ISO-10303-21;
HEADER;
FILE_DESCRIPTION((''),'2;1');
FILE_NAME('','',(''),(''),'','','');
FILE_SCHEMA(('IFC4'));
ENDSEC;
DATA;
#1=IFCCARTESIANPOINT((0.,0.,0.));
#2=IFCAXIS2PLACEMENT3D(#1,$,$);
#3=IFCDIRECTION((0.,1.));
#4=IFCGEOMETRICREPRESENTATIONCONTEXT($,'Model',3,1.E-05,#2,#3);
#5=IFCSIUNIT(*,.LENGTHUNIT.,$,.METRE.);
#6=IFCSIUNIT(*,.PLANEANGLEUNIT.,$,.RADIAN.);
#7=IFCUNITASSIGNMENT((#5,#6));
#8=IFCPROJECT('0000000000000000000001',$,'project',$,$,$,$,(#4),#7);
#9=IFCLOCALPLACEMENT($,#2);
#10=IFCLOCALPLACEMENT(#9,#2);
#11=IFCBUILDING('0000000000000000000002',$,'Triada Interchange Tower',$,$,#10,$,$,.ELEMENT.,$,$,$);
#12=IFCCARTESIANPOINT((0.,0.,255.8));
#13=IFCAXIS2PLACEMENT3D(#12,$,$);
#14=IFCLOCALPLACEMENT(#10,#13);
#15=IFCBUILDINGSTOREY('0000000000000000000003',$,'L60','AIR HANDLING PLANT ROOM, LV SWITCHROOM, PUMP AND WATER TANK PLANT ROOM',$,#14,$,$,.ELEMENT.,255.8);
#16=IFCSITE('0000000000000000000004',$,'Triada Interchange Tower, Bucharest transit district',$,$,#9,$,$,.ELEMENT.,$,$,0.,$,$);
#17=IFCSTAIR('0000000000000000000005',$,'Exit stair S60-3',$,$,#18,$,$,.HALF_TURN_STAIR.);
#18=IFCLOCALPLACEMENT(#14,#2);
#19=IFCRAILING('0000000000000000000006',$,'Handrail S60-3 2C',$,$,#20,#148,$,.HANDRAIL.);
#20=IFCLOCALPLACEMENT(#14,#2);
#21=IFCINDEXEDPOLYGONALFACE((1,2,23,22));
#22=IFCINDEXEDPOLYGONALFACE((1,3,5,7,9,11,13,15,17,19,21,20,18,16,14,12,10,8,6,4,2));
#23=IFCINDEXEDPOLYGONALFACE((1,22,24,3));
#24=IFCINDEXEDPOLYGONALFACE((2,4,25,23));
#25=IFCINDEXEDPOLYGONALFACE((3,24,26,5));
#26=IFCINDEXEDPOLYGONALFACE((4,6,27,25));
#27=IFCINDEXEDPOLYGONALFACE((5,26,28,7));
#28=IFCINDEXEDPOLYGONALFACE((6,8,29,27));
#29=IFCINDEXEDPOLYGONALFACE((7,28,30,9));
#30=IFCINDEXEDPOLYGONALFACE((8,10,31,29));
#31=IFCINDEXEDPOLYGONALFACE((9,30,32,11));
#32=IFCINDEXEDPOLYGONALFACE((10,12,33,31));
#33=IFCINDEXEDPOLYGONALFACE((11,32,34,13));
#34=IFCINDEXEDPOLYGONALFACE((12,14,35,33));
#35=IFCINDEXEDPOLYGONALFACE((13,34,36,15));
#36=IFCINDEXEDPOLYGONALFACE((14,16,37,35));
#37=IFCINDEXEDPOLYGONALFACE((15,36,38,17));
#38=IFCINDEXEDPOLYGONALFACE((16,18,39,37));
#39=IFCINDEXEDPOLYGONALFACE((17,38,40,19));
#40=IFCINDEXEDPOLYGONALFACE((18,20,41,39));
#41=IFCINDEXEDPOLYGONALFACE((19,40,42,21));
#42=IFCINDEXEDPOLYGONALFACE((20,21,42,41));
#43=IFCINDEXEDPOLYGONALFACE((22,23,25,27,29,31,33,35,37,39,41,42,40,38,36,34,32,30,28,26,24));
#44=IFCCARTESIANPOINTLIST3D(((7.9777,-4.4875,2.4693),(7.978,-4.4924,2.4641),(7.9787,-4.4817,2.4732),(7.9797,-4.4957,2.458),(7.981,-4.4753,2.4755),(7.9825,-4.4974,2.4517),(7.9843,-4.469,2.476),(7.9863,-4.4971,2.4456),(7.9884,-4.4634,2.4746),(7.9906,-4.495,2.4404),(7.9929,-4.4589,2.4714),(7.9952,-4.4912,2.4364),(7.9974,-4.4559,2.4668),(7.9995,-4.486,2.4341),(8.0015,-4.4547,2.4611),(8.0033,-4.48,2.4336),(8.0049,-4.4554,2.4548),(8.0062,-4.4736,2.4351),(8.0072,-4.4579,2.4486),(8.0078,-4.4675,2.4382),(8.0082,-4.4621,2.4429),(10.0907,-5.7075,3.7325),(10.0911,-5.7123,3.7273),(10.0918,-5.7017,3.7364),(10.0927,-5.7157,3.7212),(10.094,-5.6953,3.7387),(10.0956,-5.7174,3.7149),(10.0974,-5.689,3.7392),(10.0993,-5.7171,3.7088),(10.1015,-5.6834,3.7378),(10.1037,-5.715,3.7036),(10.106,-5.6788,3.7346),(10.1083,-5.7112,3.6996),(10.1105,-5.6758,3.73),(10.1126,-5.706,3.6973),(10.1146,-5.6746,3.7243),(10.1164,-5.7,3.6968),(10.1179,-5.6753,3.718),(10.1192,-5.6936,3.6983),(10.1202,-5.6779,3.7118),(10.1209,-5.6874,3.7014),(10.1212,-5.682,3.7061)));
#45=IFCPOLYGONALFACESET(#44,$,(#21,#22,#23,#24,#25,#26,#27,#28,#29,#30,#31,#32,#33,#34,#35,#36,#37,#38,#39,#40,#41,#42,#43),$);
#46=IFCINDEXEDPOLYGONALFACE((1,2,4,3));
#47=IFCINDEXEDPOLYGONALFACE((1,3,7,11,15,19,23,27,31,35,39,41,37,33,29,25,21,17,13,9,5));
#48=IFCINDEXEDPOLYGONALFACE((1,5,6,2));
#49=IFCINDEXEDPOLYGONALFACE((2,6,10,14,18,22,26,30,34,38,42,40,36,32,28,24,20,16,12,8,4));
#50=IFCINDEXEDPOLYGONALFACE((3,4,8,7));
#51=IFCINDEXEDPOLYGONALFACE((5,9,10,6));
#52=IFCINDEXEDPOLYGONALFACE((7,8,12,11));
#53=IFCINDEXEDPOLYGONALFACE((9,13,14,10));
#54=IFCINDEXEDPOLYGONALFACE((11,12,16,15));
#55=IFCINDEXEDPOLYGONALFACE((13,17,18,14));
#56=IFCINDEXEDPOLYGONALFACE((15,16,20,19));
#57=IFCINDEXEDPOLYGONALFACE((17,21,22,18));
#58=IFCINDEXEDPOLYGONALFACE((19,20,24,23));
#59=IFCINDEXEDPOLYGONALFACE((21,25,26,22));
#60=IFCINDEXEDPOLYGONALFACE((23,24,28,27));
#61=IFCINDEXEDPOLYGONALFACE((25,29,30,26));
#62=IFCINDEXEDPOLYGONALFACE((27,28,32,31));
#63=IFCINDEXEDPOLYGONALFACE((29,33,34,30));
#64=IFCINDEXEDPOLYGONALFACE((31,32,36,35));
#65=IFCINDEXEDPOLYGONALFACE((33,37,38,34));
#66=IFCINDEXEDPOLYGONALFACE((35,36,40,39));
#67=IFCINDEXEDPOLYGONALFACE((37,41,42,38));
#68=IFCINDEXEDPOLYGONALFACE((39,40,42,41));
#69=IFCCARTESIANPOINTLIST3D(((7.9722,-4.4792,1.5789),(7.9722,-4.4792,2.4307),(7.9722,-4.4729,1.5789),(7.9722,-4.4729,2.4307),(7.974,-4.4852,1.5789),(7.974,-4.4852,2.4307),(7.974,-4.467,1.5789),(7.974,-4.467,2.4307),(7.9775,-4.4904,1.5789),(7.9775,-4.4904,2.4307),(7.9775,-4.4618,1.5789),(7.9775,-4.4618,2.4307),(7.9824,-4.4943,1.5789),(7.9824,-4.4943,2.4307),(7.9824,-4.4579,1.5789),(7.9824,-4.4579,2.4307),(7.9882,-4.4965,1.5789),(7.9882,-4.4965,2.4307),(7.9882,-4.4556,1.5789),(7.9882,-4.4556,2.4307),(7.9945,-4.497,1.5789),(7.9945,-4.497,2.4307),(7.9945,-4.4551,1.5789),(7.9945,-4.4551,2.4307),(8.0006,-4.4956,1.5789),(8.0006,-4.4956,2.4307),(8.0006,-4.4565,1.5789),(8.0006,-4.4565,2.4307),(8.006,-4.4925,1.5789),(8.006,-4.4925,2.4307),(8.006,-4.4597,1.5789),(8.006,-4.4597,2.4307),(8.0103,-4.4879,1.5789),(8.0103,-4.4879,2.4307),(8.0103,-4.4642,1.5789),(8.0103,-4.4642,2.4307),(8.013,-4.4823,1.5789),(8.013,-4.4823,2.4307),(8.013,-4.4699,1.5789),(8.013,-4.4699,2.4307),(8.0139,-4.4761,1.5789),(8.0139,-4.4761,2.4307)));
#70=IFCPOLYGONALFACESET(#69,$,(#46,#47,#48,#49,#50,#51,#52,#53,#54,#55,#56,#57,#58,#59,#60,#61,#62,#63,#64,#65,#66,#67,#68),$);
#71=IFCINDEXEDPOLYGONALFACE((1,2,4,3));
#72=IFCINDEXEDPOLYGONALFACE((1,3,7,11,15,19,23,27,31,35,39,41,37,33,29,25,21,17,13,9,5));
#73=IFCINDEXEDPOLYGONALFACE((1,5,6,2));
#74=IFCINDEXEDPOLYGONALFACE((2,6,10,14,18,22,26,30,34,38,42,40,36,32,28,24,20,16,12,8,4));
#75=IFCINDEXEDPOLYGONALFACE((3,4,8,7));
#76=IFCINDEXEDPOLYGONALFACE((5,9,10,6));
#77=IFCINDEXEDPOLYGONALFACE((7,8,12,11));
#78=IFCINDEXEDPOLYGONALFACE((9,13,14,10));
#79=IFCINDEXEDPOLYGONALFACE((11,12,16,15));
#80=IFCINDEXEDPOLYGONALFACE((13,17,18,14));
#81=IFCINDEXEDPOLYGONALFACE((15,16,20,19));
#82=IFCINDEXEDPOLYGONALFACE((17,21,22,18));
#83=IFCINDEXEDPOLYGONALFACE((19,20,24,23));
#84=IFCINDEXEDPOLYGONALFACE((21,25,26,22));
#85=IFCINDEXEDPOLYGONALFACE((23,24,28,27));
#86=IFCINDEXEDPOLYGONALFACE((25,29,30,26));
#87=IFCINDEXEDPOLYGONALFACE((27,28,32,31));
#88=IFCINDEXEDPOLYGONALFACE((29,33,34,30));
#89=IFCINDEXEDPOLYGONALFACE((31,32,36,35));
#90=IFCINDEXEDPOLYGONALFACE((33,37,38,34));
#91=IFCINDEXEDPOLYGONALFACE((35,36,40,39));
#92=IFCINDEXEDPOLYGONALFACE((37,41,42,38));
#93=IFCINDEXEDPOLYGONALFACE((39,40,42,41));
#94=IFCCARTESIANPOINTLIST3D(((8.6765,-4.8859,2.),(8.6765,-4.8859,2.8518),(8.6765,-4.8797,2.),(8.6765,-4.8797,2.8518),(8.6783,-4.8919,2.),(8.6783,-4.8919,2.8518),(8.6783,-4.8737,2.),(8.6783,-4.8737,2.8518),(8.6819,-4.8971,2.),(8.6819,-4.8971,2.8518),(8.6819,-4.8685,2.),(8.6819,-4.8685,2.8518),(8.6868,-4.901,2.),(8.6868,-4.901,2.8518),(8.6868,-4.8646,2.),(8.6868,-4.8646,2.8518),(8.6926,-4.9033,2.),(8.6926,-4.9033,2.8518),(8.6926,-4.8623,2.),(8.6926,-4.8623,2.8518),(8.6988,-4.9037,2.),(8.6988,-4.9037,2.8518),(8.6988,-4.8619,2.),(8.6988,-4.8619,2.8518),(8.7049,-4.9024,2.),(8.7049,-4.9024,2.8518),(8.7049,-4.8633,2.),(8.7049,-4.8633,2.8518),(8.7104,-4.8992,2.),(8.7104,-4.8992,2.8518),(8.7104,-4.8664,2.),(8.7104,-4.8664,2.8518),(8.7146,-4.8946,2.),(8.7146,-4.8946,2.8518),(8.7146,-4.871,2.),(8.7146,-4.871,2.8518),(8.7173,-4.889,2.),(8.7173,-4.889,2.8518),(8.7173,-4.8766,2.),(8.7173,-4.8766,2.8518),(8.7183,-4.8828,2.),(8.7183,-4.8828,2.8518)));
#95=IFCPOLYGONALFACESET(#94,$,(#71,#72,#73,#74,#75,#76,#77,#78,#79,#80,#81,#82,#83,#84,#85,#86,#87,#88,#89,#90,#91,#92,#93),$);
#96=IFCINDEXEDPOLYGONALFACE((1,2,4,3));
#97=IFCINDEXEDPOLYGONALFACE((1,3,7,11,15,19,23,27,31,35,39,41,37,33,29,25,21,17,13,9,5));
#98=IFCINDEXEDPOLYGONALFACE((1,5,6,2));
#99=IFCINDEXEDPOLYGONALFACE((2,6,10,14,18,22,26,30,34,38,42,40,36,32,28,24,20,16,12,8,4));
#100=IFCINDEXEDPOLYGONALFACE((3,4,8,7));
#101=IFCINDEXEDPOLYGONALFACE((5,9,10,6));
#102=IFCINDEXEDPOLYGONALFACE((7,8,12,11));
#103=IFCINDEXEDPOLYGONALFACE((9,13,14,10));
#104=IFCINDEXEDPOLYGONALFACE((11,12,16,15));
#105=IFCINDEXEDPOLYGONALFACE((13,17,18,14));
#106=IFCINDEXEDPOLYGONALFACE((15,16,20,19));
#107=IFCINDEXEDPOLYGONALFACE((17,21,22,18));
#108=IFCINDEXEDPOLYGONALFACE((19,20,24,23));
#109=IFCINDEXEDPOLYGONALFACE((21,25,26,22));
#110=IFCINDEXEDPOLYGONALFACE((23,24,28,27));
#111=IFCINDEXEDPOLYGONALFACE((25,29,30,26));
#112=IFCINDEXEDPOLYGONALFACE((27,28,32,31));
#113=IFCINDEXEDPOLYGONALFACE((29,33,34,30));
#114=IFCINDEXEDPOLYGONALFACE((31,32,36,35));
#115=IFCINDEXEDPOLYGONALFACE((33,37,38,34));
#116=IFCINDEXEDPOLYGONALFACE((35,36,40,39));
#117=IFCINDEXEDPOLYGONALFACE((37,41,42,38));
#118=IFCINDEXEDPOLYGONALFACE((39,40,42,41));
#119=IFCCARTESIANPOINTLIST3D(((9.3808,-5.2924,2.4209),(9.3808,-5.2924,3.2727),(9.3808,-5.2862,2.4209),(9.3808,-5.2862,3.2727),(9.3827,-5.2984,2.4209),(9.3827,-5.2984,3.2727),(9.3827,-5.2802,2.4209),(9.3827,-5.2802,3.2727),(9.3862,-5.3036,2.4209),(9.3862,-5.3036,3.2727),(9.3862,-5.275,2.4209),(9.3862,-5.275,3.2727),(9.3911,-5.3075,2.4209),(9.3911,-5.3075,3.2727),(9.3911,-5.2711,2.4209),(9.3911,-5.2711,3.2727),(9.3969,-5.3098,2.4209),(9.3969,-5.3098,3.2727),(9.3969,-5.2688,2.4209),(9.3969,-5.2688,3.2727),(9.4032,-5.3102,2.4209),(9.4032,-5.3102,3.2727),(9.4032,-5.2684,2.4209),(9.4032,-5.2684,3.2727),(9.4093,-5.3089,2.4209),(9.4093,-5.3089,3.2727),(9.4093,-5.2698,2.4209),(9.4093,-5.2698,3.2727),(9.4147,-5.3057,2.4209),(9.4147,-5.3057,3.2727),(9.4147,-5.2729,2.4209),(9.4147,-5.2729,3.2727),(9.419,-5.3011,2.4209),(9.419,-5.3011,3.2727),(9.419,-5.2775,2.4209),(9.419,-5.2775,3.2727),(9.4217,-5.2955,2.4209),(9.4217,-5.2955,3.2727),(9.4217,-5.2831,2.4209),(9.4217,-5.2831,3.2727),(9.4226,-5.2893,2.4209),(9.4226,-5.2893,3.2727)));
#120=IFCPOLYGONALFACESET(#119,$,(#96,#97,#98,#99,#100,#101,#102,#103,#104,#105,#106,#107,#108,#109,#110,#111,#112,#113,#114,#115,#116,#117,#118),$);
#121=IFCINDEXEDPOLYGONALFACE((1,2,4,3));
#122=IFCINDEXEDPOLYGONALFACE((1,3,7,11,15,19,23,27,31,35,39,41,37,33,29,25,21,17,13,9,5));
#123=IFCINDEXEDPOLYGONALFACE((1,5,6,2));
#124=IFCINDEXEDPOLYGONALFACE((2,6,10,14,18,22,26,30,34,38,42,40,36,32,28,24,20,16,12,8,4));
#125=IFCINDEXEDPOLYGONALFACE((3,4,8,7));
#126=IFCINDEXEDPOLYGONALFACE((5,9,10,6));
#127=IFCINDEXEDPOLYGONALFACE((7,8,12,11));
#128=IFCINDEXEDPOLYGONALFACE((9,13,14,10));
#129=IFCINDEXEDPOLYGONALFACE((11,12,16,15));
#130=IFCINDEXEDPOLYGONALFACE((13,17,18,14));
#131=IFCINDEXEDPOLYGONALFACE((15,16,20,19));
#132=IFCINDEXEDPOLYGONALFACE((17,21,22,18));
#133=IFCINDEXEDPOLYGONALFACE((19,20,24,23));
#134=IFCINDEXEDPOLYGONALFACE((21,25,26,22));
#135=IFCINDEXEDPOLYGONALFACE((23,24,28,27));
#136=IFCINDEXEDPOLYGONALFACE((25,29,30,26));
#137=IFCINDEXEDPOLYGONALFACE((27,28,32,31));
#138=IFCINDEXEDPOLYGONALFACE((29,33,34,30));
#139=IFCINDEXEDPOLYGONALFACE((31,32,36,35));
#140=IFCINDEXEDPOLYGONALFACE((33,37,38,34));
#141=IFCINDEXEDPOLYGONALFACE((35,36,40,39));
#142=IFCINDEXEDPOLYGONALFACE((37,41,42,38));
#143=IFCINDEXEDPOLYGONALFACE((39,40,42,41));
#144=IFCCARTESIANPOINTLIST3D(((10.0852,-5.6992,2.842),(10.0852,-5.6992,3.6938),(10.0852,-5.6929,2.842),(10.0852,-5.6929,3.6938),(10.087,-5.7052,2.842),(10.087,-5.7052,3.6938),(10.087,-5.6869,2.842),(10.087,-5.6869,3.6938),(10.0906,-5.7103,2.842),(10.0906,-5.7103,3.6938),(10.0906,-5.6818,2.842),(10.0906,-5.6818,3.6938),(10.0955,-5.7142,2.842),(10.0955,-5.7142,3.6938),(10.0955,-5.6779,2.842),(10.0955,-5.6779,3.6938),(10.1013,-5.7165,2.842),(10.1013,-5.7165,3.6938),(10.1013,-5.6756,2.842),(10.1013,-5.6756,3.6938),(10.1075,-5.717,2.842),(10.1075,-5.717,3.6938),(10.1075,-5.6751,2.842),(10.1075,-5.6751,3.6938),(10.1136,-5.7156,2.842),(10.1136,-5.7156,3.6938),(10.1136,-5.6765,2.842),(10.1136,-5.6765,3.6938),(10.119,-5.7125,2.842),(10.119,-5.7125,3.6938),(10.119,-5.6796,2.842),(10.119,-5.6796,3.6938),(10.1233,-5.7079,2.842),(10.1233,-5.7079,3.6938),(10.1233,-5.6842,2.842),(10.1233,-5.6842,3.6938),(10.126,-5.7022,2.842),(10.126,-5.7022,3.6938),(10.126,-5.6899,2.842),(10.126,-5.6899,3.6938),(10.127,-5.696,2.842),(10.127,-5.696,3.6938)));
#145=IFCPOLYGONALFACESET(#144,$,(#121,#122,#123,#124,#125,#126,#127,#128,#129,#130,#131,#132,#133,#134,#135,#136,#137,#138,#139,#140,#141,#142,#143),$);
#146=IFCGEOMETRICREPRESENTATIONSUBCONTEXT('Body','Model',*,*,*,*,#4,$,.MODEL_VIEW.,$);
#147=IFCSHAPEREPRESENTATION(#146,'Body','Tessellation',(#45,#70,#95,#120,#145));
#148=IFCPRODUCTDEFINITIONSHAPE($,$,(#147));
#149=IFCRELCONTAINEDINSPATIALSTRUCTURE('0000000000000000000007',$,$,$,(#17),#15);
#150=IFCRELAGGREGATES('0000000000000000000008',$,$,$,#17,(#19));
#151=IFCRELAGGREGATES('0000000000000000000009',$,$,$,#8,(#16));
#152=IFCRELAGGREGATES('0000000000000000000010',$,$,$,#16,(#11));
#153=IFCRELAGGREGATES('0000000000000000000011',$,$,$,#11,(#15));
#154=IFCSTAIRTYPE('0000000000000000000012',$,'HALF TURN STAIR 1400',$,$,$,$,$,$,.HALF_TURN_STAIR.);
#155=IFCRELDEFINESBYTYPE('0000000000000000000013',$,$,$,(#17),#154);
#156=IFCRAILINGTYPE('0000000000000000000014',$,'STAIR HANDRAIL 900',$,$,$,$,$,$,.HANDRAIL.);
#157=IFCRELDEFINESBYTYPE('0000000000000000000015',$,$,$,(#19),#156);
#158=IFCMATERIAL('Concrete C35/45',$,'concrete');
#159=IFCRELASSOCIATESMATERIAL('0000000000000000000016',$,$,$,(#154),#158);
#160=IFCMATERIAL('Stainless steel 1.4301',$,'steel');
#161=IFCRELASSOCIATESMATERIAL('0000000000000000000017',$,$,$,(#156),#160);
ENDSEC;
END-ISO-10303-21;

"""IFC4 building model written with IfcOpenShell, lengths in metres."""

from ifc_helpers import new_model, si_unit, direction, frame, origin, origin_2d, place, context, subcontext, project, spatial, circle, extrude, material, type_object, element, aggregate, save


model = new_model("IFC4")

# Units and contexts
model_context = context("Model", 3, precision=1e-05, world=origin(), true_north=direction((0.0, 1.0)))
body_context = subcontext(model_context, "Body", "Model", "MODEL_VIEW")
ifc_project = project(units=[si_unit("LENGTHUNIT", "METRE"), si_unit("PLANEANGLEUNIT", "RADIAN")], contexts=[model_context])

# Site, building, storey
site_placement = place(None, origin())
site = spatial("IfcSite", under=ifc_project, at=site_placement, Name="Triada Interchange Tower, Bucharest transit district", CompositionType="ELEMENT", RefElevation=0.0)
building_placement = place(site_placement, origin())
building = spatial("IfcBuilding", under=site, at=building_placement, Name="Triada Interchange Tower", CompositionType="ELEMENT")
storey_placement = place(building_placement, frame((0.0, 0.0, 255.8)))
storey = spatial("IfcBuildingStorey", under=building, at=storey_placement, Name="L60", Description="AIR HANDLING PLANT ROOM, LV SWITCHROOM, PUMP AND WATER TANK PLANT ROOM", CompositionType="ELEMENT", Elevation=255.8)

# Stair, railing
ifc_material_1 = material(Name="Concrete C35/45", Category="concrete")
stair_type = type_object("IfcStairType", Name="HALF TURN STAIR 1400", PredefinedType="HALF_TURN_STAIR", material=ifc_material_1)
stair_placement = place(storey_placement, origin())
stair = element("IfcStair", 1, at=stair_placement, inside=storey, type_object=stair_type, Name="Exit stair S60-3", PredefinedType="HALF_TURN_STAIR")
ifc_material_2 = material(Name="Stainless steel 1.4301", Category="steel")
railing_type = type_object("IfcRailingType", Name="STAIR HANDRAIL 900", PredefinedType="HANDRAIL", material=ifc_material_2)
railing_1_placement = place(storey_placement, frame((7.9929, -4.4761, 1.5789)))
railing_1 = element("IfcRailing", 2, at=railing_1_placement, type_object=railing_type, Name="Handrail S60-3 2C", PredefinedType="HANDRAIL", context=body_context, shape_type="SweptSolid", body=[
    extrude(circle(Radius=0.0239, at=origin_2d()), frame((0.0, 0.0, 0.876), z_axis=(0.76907, -0.444026, 0.459753), x_axis=(0.500003, 0.866024, 0.0)), (0.0, 0.0, 1.0), 2.7476),
    extrude(circle(Radius=0.021, at=origin_2d()), origin(), (0.0, 0.0, 1.0), 0.8518),
    extrude(circle(Radius=0.021, at=origin_2d()), frame((0.7043, -0.4067, 0.4211)), (0.0, 0.0, 1.0), 0.8518),
    extrude(circle(Radius=0.021, at=origin_2d()), frame((1.4087, -0.8132, 0.842)), (0.0, 0.0, 1.0), 0.8518),
    extrude(circle(Radius=0.021, at=origin_2d()), frame((2.113, -1.22, 1.2632)), (0.0, 0.0, 1.0), 0.8518),
])
aggregate(stair, [railing_1])

save(model, "model.ifc")
